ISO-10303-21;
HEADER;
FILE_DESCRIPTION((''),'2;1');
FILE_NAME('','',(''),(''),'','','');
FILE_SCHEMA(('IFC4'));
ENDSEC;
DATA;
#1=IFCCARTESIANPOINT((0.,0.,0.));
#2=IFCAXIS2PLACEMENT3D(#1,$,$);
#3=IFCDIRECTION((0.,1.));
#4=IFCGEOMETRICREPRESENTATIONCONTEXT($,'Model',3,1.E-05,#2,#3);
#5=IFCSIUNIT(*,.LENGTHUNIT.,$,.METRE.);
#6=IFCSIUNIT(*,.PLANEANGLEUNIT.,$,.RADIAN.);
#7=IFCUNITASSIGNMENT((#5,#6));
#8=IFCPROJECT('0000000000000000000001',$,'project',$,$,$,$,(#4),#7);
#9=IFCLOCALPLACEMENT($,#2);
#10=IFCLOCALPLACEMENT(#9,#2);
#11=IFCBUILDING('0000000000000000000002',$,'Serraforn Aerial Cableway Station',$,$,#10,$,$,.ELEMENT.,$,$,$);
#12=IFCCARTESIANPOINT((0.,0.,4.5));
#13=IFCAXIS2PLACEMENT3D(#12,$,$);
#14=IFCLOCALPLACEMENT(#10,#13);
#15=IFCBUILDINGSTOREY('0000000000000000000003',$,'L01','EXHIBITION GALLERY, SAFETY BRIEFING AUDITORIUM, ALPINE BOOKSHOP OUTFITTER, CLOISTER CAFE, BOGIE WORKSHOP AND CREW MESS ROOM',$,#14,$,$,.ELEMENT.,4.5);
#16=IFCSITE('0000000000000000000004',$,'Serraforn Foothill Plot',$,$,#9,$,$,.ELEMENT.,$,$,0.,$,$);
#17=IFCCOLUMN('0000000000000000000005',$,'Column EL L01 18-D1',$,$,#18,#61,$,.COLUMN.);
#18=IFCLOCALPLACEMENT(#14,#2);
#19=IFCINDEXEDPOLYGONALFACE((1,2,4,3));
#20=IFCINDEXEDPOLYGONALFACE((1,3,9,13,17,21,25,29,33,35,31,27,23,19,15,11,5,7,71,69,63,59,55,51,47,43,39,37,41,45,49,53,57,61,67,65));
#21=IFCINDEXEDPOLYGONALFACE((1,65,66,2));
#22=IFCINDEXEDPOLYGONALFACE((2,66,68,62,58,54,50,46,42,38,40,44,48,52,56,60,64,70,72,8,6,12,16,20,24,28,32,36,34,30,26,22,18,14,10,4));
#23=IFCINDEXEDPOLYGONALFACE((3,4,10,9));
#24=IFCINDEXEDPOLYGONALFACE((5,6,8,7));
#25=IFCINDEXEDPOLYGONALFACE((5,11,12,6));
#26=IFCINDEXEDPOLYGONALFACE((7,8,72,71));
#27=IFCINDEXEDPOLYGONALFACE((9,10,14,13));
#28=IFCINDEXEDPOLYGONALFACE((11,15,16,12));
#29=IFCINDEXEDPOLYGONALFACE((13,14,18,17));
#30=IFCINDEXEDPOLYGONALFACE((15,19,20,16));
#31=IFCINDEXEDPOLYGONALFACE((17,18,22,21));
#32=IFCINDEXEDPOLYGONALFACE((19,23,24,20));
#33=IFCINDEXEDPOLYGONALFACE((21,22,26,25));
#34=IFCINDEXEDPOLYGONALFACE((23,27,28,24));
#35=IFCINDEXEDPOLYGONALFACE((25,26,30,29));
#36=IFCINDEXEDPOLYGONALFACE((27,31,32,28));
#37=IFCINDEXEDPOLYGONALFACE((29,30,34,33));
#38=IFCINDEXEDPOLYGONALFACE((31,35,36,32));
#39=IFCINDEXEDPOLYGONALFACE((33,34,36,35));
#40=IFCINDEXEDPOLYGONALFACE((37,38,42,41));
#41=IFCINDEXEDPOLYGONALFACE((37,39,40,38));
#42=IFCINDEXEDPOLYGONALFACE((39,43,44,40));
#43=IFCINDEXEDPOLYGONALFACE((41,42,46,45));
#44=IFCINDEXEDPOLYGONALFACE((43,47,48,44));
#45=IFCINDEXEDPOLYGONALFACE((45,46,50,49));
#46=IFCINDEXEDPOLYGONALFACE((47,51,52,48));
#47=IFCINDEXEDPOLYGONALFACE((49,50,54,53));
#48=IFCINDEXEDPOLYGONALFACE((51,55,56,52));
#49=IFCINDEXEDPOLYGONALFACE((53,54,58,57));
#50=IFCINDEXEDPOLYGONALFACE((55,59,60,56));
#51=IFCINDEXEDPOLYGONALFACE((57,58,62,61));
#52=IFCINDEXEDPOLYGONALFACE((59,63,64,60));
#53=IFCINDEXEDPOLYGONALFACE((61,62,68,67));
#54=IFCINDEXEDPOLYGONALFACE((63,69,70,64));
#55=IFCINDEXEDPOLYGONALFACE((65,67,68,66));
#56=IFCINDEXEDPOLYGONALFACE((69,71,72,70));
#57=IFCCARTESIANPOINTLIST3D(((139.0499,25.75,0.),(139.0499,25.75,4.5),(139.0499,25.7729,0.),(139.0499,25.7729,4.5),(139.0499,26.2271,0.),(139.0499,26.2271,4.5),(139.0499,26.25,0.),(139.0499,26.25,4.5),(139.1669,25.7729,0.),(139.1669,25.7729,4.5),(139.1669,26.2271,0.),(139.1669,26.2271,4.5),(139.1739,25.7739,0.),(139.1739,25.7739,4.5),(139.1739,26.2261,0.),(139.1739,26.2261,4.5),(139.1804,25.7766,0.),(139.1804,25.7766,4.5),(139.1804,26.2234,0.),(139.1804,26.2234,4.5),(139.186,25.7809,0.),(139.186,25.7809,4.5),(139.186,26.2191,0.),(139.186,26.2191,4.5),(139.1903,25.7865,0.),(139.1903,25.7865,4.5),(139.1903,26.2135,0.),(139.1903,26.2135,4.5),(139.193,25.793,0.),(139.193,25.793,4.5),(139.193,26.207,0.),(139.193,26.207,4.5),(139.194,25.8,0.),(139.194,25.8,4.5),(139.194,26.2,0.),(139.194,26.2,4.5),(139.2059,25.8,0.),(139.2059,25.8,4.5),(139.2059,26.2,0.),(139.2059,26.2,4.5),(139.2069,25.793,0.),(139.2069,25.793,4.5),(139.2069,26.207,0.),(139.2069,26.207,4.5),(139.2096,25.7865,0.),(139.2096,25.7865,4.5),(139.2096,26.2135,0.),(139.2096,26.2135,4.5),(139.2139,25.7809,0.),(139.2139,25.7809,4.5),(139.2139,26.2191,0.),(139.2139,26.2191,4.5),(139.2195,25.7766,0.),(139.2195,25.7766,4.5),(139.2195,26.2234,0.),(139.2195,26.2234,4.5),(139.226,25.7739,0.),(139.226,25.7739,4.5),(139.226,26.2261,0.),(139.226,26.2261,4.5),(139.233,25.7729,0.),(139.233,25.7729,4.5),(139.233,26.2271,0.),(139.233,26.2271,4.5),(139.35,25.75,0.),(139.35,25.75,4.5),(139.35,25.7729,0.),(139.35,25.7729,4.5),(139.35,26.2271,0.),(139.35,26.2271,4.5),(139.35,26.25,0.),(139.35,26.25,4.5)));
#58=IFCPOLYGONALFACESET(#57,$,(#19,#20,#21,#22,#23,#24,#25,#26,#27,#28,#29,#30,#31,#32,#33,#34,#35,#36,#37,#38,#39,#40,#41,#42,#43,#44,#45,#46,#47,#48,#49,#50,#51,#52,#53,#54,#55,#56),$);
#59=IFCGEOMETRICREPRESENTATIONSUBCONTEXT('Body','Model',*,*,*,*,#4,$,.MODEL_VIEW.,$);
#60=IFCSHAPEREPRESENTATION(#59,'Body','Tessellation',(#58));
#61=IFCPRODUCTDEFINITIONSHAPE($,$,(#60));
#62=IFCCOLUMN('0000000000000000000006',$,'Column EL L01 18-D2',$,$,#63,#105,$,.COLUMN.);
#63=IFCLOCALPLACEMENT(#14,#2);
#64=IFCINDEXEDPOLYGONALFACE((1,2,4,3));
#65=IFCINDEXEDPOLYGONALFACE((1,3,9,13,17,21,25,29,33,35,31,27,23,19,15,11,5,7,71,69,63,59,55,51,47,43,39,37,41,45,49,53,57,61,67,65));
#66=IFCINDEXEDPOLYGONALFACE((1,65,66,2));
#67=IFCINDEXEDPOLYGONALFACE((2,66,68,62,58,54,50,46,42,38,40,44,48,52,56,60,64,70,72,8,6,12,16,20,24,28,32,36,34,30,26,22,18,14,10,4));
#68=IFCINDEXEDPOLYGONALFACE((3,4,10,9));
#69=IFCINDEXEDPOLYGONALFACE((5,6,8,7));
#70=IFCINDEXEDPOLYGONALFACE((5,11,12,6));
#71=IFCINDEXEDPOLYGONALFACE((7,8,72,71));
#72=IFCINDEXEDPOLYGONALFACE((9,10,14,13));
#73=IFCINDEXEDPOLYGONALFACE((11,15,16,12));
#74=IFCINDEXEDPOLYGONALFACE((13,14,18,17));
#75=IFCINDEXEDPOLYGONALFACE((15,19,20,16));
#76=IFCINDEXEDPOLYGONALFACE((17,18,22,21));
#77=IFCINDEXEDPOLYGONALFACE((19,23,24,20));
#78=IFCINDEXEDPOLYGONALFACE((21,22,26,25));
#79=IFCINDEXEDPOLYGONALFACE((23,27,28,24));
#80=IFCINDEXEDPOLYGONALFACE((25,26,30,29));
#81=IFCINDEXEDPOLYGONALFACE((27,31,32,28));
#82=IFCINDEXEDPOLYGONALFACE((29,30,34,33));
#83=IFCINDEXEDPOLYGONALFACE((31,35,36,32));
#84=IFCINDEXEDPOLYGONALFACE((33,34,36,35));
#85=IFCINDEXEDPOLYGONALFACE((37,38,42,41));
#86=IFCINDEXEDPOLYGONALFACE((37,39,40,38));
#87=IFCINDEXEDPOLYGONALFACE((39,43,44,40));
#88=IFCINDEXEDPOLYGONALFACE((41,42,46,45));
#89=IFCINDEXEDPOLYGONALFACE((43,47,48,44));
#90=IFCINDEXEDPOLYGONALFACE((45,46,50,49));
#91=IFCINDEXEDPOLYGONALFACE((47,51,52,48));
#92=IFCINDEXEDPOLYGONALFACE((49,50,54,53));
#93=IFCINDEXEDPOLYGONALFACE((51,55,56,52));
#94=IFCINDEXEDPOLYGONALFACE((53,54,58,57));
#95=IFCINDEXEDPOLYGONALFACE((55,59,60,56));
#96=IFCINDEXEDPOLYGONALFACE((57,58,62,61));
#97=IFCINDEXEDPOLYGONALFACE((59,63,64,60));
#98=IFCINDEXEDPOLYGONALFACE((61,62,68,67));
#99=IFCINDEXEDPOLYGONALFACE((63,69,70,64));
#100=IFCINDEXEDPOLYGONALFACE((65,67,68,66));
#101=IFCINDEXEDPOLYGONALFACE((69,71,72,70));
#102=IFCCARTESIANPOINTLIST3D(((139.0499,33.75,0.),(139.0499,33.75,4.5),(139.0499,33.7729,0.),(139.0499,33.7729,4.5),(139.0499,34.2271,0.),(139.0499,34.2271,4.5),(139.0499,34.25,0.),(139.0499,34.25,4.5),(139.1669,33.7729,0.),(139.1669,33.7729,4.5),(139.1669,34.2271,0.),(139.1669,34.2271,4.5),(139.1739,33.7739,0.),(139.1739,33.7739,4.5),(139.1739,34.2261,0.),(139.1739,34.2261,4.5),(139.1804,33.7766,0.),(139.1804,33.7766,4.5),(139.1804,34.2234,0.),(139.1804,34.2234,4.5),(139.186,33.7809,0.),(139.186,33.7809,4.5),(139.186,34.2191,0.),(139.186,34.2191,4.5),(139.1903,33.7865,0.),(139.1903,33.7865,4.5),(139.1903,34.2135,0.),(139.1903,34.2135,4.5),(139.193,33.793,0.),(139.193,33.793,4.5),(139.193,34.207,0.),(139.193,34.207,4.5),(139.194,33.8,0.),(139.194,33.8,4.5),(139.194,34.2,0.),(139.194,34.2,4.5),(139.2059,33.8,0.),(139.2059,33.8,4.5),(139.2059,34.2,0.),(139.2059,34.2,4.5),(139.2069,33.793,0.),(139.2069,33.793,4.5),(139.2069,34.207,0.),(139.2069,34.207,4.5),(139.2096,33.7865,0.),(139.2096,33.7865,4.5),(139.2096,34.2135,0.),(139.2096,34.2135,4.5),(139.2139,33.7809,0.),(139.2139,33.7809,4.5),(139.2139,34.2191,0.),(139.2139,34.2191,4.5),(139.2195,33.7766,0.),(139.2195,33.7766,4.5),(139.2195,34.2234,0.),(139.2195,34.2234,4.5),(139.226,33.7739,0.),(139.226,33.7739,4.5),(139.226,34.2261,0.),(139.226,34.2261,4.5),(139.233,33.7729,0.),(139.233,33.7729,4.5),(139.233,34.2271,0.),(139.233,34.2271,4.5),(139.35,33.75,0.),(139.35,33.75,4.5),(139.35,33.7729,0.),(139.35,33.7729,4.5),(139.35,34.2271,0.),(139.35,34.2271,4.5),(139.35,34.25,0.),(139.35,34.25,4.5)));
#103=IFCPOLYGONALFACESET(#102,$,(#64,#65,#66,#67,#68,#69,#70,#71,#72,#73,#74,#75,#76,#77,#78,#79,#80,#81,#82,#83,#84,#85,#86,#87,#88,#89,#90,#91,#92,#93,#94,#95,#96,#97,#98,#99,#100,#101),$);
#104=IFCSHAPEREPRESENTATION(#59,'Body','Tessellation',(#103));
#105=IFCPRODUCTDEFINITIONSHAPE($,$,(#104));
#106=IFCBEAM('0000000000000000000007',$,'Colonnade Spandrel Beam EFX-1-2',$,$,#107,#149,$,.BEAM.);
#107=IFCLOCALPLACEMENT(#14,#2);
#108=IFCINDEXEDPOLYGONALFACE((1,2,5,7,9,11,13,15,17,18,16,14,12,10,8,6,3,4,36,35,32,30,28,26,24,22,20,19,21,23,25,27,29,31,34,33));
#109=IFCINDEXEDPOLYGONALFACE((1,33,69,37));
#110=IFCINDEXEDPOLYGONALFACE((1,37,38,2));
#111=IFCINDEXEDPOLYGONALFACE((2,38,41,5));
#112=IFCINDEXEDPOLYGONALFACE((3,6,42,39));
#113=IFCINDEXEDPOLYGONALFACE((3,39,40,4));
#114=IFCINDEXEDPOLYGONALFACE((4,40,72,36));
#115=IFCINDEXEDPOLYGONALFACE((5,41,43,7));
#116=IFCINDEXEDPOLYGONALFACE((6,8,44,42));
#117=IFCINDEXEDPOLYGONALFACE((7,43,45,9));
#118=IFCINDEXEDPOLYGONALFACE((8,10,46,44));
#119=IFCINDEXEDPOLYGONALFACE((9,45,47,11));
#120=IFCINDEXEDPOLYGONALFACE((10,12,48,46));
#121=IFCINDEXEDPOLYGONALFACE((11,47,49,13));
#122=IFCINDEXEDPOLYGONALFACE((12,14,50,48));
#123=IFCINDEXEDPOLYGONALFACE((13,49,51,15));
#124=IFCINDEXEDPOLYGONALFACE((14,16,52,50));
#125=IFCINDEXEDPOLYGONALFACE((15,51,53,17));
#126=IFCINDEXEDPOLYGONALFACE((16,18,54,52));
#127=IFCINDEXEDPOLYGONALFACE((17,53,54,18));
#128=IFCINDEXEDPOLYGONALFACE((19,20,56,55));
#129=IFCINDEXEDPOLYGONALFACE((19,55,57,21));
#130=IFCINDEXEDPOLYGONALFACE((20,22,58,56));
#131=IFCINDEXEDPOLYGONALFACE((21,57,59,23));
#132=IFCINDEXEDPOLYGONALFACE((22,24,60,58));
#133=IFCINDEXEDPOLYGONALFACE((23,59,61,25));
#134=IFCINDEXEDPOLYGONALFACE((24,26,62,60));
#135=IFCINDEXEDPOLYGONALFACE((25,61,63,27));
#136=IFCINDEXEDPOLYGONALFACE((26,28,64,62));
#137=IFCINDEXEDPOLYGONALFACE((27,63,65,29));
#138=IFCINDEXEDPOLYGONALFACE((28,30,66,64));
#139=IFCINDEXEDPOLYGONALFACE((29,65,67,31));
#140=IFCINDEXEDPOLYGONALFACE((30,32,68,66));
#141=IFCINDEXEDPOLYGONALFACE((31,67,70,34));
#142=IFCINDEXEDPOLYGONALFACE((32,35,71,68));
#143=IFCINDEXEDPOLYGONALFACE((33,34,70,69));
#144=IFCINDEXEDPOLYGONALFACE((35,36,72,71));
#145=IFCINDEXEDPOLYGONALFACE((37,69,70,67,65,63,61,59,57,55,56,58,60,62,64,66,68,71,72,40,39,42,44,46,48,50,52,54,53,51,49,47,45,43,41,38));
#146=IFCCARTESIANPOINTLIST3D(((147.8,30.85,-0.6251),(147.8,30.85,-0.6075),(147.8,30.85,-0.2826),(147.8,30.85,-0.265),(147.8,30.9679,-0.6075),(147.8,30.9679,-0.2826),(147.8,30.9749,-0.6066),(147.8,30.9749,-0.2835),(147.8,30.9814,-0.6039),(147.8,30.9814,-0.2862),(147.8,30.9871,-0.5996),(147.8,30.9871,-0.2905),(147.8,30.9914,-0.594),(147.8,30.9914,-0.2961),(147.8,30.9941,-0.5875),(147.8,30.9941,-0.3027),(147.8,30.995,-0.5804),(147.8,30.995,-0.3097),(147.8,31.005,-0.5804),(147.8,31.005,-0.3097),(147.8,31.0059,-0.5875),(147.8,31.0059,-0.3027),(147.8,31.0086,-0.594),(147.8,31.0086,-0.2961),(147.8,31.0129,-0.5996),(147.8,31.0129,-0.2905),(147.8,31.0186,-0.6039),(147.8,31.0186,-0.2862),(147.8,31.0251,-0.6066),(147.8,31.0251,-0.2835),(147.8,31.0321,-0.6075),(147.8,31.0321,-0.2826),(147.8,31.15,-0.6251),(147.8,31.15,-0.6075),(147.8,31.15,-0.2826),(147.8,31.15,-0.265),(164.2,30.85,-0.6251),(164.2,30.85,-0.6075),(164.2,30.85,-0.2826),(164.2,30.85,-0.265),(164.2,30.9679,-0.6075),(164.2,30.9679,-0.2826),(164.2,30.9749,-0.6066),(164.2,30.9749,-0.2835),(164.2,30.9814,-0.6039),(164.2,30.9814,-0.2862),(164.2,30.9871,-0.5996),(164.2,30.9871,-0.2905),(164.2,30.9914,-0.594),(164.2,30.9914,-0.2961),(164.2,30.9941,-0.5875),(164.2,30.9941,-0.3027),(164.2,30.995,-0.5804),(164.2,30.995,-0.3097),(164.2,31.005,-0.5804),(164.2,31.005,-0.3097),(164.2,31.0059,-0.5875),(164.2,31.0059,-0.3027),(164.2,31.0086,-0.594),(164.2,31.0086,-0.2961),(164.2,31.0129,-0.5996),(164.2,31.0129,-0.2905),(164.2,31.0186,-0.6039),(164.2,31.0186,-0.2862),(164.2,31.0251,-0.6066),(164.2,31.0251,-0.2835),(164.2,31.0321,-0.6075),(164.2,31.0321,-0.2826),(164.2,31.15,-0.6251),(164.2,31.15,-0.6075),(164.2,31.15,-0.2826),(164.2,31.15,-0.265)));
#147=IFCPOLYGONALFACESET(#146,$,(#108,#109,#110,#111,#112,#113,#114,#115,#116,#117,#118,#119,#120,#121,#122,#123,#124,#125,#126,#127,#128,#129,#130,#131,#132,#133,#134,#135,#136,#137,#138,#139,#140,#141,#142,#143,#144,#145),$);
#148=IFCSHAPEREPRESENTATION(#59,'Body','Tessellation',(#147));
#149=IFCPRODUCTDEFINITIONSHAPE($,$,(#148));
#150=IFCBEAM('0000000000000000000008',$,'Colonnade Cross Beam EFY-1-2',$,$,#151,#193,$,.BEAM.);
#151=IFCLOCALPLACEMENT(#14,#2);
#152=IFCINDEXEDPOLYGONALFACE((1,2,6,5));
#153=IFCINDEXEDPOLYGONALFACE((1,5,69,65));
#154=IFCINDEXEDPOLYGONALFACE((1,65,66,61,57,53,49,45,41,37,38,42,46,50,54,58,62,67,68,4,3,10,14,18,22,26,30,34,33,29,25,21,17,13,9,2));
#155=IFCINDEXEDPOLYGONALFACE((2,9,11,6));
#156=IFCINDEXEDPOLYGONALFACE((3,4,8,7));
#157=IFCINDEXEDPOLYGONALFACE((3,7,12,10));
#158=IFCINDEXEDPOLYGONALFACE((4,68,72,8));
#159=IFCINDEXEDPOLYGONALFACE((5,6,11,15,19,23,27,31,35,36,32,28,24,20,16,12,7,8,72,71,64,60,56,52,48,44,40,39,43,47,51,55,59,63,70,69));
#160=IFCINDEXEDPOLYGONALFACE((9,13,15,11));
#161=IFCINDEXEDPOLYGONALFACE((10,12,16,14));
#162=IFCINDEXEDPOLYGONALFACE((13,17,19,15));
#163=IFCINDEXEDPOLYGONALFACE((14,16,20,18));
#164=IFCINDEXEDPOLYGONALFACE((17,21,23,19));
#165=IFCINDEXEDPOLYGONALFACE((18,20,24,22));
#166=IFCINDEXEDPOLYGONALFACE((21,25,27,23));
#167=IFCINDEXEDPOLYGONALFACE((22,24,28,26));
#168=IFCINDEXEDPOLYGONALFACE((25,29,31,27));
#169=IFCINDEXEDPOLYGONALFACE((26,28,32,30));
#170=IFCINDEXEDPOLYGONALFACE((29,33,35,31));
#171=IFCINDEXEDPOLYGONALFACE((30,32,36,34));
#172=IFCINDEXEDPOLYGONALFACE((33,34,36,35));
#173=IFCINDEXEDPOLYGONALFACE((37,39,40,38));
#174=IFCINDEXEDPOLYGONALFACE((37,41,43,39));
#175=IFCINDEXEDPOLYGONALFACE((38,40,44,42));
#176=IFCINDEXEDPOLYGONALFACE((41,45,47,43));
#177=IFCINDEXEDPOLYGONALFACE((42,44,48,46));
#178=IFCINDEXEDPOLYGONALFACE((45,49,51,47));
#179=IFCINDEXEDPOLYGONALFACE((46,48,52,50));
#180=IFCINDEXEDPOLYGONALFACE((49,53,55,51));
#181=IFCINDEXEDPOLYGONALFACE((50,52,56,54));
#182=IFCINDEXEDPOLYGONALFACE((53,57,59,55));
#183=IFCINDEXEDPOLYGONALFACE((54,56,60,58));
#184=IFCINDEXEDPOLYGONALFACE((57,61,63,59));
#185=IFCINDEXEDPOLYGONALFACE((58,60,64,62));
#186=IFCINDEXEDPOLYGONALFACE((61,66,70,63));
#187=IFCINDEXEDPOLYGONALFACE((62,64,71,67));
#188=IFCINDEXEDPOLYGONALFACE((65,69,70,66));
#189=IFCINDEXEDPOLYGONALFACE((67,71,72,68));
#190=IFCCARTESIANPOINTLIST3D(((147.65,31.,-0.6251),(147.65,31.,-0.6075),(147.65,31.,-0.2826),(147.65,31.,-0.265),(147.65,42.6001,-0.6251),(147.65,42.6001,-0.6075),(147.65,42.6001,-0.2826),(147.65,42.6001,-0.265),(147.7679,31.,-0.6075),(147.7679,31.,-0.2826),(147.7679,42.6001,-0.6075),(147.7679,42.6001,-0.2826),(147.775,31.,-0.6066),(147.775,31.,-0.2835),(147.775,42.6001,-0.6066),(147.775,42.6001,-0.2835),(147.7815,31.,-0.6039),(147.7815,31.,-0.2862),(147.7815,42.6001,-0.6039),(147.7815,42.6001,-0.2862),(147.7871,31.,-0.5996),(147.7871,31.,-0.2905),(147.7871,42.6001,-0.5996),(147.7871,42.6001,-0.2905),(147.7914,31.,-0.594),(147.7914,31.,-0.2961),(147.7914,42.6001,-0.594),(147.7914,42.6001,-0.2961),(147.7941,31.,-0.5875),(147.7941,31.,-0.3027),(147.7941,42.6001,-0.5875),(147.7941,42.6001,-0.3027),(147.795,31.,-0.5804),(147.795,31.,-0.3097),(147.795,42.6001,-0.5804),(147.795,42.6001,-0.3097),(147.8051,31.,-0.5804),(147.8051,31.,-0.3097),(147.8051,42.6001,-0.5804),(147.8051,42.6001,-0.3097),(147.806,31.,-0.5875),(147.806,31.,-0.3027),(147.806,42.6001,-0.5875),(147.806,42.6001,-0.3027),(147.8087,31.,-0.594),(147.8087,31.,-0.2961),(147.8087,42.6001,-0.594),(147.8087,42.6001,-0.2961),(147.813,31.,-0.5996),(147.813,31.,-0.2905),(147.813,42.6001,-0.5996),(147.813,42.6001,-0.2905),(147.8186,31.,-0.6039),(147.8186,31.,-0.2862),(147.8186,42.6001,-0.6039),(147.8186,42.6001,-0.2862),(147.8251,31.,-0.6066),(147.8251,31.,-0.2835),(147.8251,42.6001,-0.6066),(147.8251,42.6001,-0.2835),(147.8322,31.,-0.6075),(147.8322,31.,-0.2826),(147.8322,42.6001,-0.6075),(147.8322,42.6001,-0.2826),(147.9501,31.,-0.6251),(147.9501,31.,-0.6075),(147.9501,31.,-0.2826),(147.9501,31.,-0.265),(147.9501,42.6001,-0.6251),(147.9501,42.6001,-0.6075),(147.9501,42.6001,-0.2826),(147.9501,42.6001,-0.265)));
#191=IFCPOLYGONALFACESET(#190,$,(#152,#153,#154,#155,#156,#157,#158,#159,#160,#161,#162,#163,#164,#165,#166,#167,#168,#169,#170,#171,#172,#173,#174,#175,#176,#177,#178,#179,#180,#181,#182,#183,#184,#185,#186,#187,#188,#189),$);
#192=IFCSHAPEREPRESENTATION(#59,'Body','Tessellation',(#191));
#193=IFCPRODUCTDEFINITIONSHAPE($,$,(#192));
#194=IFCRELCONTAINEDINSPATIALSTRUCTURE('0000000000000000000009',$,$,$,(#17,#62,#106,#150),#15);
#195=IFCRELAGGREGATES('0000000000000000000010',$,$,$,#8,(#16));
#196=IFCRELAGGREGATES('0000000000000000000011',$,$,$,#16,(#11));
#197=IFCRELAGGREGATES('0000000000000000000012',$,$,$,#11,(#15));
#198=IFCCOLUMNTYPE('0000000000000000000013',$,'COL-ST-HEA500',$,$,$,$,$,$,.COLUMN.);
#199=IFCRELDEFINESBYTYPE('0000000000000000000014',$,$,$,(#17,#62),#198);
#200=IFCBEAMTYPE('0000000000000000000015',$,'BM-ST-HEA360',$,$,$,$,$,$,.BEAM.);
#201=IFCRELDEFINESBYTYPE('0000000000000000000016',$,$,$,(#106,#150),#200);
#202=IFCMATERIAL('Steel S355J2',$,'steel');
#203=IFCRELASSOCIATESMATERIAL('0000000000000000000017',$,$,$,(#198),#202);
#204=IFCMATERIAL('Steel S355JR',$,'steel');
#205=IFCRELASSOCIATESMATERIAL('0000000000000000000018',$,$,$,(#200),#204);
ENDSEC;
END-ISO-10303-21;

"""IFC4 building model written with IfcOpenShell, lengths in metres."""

from ifc_helpers import new_model, si_unit, direction, frame, origin, origin_2d, place, context, subcontext, project, spatial, i_section, extrude, material, material_profile, profile_set, type_object, element, save


model = new_model("IFC4")

# Units and contexts
model_context = context("Model", 3, precision=1e-05, world=origin(), true_north=direction((0.0, 1.0)))
body_context = subcontext(model_context, "Body", "Model", "MODEL_VIEW")
ifc_project = project(units=[si_unit("LENGTHUNIT", "METRE"), si_unit("PLANEANGLEUNIT", "RADIAN")], contexts=[model_context])

# Site, building, storey
site_placement = place(None, origin())
site = spatial("IfcSite", under=ifc_project, at=site_placement, Name="Serraforn Foothill Plot", CompositionType="ELEMENT", RefElevation=0.0)
building_placement = place(site_placement, origin())
building = spatial("IfcBuilding", under=site, at=building_placement, Name="Serraforn Aerial Cableway Station", CompositionType="ELEMENT")
storey_placement = place(building_placement, frame((0.0, 0.0, 4.5)))
storey = spatial("IfcBuildingStorey", under=building, at=storey_placement, Name="L01", Description="EXHIBITION GALLERY, SAFETY BRIEFING AUDITORIUM, ALPINE BOOKSHOP OUTFITTER, CLOISTER CAFE, BOGIE WORKSHOP AND CREW MESS ROOM", CompositionType="ELEMENT", Elevation=4.5)

# Columns
ifc_material_1 = material(Name="Steel S355J2", Category="steel")
ifc_material_profile_1 = material_profile(ifc_material_1, i_section(OverallWidth=0.3, OverallDepth=0.5, WebThickness=0.012, FlangeThickness=0.0229, FilletRadius=0.0271, at=origin_2d()), Name="HEA 500")
ifc_profile_set_1 = profile_set([ifc_material_profile_1], Name="Steel S355J2")
column_type = type_object("IfcColumnType", Name="COL-ST-HEA500", PredefinedType="COLUMN", material=ifc_profile_set_1)
for number, where, z_axis, x_axis, name in (
    (1, (139.2, 26.0, 0.0), (0.0, 0.0, 1.0), (1.0, 0.0, 0.0), "Column EL L01 18-D1"),
    (2, (139.2, 34.0, 0.0), (0.0, 0.0, 1.0), (1.0, 0.0, 0.0), "Column EL L01 18-D2"),
):
    element("IfcColumn", number, at=place(storey_placement, frame(where, z_axis=z_axis, x_axis=x_axis)), inside=storey, type_object=column_type, Name=name, PredefinedType="COLUMN", context=body_context, shape_type="SweptSolid", body=[
        extrude(i_section(OverallWidth=0.3, OverallDepth=0.5, WebThickness=0.012, FlangeThickness=0.0229, FilletRadius=0.0271, at=origin_2d()), origin(), (0.0, 0.0, 1.0), 4.5),
    ])

# Beams
ifc_material_2 = material(Name="Steel S355JR", Category="steel")
ifc_material_profile_2 = material_profile(ifc_material_2, i_section(OverallWidth=0.3, OverallDepth=0.3601, WebThickness=0.01, FlangeThickness=0.0176, FilletRadius=0.0271, at=origin_2d()), Name="HEA 360")
ifc_profile_set_2 = profile_set([ifc_material_profile_2], Name="Steel S355JR")
beam_type = type_object("IfcBeamType", Name="BM-ST-HEA360", PredefinedType="BEAM", material=ifc_profile_set_2)
beam_placement = place(storey_placement, frame((147.8, 31.0, -0.4451), z_axis=(1.0, 0.0, 0.0), x_axis=(0.0, 1.0, 0.0)))
element("IfcBeam", 3, at=beam_placement, inside=storey, type_object=beam_type, Name="Colonnade Spandrel Beam EFX-1-2", PredefinedType="BEAM", context=body_context, shape_type="SweptSolid", body=[
    extrude(i_section(OverallWidth=0.3, OverallDepth=0.3601, WebThickness=0.01, FlangeThickness=0.0176, FilletRadius=0.0271, at=origin_2d()), origin(), (0.0, 0.0, 1.0), 16.3999),
])
for number, where, z_axis, x_axis, name in (
    (4, (147.8, 31.0, -0.4451), (0.0, 1.0, 0.0), (-1.0, 0.0, 0.0), "Colonnade Cross Beam EFY-1-2"),
):
    element("IfcBeam", number, at=place(storey_placement, frame(where, z_axis=z_axis, x_axis=x_axis)), inside=storey, type_object=beam_type, Name=name, PredefinedType="BEAM", context=body_context, shape_type="SweptSolid", body=[
        extrude(i_section(OverallWidth=0.3, OverallDepth=0.3601, WebThickness=0.01, FlangeThickness=0.0176, FilletRadius=0.0271, at=origin_2d()), origin(), (0.0, 0.0, 1.0), 11.6001),
    ])

save(model, "model.ifc")
